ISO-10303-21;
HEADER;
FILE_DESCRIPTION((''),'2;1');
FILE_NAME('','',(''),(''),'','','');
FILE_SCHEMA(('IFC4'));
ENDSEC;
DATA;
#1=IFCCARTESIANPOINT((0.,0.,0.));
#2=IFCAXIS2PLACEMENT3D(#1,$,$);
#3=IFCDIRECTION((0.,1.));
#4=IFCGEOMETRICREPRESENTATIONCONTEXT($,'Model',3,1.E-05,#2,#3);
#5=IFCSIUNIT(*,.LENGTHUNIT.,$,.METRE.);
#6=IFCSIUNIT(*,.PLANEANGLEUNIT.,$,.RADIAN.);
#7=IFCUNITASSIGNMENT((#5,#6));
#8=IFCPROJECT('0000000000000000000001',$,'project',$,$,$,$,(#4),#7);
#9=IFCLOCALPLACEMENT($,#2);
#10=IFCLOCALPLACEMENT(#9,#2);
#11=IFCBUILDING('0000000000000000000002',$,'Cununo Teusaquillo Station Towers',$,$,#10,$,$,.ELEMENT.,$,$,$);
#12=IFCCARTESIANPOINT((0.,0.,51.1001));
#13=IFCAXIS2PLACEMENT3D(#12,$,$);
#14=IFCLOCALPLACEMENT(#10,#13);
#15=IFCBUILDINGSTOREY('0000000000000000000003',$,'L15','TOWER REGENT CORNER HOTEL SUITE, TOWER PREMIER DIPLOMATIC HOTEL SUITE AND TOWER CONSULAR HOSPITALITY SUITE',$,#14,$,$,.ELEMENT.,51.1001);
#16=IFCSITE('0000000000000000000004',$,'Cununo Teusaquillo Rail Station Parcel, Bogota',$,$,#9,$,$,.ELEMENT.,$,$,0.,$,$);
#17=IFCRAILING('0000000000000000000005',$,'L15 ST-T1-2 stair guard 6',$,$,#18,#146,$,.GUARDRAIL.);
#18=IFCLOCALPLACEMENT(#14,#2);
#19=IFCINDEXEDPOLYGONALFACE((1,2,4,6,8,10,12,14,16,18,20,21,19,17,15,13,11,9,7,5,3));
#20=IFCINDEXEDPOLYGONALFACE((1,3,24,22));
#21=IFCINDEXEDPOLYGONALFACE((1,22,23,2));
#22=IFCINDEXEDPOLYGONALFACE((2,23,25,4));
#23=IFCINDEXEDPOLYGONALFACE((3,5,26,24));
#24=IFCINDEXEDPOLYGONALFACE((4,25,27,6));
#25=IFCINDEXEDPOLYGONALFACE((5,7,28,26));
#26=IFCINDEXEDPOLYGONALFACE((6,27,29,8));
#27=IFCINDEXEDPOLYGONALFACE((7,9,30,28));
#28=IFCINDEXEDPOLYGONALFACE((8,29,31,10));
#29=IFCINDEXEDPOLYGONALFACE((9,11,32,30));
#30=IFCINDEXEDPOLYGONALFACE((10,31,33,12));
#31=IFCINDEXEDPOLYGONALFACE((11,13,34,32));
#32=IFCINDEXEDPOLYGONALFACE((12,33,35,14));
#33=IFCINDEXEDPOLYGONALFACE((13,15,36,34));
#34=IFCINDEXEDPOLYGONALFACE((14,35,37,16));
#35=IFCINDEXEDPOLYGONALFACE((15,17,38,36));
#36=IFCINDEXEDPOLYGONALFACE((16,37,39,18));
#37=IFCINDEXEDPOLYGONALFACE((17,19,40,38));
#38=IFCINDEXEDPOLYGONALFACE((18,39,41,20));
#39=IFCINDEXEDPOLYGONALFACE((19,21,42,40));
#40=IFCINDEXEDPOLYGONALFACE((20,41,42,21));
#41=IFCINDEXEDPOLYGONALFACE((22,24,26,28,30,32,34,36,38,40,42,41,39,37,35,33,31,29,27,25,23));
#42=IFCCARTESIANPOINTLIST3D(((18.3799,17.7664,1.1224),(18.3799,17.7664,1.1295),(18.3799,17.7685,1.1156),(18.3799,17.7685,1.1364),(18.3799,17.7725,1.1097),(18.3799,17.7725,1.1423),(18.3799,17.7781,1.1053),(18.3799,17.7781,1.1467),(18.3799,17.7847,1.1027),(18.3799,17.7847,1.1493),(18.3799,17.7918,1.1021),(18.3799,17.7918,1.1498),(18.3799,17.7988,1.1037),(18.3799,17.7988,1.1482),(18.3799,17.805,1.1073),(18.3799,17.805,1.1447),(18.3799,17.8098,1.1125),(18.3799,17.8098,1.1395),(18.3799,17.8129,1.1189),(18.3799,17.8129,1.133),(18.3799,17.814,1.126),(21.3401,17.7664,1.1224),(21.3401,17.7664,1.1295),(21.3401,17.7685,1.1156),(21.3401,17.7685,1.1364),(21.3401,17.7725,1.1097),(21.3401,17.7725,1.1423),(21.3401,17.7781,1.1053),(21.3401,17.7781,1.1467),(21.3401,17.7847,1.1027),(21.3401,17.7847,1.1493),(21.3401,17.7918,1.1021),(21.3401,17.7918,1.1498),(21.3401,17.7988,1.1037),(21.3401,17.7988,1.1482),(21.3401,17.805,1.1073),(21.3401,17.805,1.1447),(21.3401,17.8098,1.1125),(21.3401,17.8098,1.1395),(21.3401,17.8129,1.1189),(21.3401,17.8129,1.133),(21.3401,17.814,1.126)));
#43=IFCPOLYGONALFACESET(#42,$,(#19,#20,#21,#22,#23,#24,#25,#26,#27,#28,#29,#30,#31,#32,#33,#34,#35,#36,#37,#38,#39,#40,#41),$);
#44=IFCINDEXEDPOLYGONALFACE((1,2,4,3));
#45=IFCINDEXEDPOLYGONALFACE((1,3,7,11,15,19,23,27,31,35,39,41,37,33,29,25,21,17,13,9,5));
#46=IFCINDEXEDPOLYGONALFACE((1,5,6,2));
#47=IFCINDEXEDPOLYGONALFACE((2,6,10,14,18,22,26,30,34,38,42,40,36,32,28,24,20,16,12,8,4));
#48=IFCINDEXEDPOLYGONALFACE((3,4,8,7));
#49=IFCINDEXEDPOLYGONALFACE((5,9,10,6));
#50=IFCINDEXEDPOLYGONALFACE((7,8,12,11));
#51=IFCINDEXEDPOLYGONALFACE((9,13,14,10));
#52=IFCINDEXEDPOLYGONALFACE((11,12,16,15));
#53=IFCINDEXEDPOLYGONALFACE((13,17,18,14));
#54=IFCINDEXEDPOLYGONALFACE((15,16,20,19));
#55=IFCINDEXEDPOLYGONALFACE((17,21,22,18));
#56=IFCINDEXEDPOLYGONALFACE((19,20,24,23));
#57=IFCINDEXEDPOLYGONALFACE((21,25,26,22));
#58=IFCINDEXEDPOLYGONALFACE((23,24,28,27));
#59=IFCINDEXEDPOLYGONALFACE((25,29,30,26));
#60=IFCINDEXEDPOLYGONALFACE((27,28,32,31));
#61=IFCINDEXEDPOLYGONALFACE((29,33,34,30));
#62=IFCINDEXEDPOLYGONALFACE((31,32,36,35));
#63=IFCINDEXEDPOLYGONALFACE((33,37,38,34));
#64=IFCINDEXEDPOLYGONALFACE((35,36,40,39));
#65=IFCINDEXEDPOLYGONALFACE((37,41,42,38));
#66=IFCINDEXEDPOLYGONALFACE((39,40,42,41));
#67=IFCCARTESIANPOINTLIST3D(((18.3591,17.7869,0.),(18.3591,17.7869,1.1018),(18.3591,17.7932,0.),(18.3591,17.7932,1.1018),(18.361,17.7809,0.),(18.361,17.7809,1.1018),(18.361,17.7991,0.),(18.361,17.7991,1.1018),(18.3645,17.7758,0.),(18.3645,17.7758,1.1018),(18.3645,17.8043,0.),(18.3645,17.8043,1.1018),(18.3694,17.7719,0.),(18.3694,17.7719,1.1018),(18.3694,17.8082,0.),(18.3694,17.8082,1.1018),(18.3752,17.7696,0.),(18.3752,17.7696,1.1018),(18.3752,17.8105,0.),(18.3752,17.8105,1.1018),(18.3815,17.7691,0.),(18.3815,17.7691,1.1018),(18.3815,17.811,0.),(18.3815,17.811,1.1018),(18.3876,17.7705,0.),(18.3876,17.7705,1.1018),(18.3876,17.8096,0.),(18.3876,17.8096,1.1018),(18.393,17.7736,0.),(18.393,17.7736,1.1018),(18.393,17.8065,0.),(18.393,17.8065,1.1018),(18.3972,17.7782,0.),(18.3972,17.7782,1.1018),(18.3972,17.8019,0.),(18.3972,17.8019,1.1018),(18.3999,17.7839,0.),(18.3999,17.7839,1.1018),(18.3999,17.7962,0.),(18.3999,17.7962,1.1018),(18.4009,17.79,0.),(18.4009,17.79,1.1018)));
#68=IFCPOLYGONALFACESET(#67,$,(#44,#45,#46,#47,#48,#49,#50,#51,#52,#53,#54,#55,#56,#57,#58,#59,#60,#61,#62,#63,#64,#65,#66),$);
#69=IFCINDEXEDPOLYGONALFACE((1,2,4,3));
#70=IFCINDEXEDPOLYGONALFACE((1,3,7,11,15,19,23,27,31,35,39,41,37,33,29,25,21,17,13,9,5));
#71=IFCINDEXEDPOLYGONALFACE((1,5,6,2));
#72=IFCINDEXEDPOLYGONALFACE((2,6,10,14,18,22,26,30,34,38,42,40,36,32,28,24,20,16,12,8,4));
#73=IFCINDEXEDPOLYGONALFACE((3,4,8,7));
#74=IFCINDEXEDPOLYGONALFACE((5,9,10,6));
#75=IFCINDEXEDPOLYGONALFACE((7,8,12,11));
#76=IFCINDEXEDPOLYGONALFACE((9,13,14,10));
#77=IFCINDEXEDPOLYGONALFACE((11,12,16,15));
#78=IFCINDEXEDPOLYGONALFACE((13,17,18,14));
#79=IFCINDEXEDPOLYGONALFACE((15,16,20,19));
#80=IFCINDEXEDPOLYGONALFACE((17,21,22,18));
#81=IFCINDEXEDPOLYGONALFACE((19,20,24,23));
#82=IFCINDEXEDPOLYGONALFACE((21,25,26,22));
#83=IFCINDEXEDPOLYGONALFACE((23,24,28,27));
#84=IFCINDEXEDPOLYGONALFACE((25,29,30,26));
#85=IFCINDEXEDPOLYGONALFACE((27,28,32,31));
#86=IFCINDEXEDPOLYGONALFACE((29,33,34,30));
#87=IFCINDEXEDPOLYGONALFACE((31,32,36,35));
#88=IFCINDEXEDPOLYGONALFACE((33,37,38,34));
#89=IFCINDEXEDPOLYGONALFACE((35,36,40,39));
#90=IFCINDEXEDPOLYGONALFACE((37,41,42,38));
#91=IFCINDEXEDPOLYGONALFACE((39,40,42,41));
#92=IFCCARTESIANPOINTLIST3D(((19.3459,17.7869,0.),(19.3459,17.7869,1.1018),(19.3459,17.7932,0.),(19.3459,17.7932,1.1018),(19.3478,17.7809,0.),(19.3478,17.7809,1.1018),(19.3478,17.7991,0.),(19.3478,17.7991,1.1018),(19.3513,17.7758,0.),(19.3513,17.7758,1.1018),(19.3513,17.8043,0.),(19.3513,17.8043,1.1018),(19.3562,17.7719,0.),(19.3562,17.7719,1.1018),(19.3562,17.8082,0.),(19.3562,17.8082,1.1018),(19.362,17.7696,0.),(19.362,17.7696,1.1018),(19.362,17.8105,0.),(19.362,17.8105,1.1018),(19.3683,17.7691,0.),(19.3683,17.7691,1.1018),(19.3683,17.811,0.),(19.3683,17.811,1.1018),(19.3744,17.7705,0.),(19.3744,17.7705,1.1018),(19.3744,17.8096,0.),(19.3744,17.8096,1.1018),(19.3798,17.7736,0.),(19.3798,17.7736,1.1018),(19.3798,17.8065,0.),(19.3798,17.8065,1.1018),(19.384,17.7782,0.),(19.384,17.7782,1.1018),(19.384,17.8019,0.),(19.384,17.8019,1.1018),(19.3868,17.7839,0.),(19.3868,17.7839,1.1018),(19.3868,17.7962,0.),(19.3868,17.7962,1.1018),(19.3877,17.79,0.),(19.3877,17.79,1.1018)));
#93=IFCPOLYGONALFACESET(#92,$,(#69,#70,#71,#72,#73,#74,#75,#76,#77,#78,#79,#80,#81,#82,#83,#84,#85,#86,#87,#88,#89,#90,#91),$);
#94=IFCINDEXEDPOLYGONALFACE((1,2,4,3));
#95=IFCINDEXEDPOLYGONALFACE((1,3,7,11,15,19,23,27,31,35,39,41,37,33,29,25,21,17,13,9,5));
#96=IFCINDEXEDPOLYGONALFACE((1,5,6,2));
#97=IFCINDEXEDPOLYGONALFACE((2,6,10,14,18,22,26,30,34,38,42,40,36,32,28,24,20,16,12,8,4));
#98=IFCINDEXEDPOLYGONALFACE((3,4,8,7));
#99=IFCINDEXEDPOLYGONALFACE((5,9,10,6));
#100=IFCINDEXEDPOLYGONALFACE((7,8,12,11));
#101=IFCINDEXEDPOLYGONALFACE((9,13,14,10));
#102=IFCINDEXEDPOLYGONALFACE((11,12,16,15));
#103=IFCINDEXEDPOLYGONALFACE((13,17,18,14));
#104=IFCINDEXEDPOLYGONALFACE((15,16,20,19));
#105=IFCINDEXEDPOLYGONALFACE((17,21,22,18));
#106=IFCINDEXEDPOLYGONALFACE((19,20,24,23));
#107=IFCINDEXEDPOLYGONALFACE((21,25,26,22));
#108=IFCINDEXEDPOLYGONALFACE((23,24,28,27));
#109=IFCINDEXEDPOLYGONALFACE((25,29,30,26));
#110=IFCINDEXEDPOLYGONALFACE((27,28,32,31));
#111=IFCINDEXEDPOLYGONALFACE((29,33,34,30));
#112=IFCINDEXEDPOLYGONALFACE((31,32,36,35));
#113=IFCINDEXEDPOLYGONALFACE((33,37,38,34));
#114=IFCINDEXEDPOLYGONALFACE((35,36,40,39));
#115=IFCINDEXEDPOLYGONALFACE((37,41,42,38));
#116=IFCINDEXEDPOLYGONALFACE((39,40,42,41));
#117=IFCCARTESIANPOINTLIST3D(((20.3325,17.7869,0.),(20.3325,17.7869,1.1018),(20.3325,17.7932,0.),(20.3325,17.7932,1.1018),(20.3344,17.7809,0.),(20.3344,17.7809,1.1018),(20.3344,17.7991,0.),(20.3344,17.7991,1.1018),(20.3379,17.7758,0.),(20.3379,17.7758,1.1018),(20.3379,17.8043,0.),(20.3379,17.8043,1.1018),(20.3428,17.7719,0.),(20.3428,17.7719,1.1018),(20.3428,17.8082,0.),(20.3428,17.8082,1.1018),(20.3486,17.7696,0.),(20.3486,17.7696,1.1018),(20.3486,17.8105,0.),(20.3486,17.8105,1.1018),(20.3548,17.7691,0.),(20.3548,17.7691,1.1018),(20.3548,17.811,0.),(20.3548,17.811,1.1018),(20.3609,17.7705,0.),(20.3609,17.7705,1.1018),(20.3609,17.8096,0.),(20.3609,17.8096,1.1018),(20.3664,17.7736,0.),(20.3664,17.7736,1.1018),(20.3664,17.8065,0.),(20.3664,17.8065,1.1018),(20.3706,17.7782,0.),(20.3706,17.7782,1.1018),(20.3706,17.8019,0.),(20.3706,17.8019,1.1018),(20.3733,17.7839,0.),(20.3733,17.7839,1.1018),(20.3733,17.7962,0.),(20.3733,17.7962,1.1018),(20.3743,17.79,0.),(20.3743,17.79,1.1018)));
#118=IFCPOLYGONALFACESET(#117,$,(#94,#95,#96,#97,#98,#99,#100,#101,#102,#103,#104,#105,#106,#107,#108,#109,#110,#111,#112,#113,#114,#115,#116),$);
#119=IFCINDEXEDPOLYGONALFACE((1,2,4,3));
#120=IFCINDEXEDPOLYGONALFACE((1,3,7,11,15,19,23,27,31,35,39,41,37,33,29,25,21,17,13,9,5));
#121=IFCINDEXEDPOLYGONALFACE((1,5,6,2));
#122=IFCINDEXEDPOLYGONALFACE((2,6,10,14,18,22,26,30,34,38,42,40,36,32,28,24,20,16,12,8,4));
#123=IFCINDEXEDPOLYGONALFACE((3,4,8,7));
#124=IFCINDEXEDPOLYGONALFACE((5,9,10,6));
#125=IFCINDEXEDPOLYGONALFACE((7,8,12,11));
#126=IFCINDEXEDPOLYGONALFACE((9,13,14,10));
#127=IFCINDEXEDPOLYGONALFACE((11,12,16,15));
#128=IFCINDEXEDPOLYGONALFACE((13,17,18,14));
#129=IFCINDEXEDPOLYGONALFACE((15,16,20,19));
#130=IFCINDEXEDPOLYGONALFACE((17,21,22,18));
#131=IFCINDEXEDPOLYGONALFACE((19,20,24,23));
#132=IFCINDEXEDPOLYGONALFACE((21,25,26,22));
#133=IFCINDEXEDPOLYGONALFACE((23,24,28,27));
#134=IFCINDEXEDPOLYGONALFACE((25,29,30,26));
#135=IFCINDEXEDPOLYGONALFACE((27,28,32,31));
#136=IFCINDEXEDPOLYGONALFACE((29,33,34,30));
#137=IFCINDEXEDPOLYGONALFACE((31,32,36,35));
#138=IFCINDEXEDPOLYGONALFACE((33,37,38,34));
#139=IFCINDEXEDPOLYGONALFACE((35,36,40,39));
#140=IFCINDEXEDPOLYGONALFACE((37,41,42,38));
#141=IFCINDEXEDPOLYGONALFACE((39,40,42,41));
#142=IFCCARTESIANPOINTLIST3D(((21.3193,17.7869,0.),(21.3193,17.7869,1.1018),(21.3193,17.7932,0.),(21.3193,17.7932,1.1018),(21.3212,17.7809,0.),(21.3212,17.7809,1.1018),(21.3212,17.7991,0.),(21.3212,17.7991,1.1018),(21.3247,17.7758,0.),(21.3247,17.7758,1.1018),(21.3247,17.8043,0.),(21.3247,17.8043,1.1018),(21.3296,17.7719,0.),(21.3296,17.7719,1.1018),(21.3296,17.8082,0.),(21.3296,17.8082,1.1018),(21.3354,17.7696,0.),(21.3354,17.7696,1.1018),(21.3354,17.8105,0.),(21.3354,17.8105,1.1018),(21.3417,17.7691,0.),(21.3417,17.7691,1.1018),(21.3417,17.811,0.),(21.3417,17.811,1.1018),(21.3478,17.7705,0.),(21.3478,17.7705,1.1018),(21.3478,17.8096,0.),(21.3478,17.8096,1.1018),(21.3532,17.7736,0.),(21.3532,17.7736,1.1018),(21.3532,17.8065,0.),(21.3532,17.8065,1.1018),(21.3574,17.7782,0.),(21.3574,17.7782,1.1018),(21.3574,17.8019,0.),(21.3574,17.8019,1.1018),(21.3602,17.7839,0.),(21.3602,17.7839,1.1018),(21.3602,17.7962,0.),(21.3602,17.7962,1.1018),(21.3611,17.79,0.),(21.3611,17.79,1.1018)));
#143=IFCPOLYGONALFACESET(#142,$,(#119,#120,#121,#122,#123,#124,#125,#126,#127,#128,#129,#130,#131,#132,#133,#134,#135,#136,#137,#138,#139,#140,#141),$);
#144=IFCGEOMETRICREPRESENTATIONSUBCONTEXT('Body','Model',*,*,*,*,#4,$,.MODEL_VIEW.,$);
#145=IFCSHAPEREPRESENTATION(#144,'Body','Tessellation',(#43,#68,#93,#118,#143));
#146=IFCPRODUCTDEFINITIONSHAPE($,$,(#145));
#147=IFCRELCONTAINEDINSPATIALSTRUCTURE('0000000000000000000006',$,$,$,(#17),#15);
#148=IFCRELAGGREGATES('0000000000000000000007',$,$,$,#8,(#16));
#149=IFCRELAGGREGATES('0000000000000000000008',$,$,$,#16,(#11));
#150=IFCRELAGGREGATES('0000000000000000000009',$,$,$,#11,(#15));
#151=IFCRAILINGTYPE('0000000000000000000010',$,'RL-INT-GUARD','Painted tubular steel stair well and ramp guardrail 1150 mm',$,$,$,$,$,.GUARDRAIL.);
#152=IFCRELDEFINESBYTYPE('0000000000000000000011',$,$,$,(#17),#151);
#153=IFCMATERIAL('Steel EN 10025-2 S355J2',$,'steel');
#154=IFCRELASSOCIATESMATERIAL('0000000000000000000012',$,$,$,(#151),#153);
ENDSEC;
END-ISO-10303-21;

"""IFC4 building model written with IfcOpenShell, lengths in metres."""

from ifc_helpers import new_model, si_unit, direction, frame, origin, origin_2d, place, context, subcontext, project, spatial, circle, extrude, material, type_object, element, save


model = new_model("IFC4")

# Units and contexts
model_context = context("Model", 3, precision=1e-05, world=origin(), true_north=direction((0.0, 1.0)))
body_context = subcontext(model_context, "Body", "Model", "MODEL_VIEW")
ifc_project = project(units=[si_unit("LENGTHUNIT", "METRE"), si_unit("PLANEANGLEUNIT", "RADIAN")], contexts=[model_context])

# Site, building, storey
site_placement = place(None, origin())
site = spatial("IfcSite", under=ifc_project, at=site_placement, Name="Cununo Teusaquillo Rail Station Parcel, Bogota", CompositionType="ELEMENT", RefElevation=0.0)
building_placement = place(site_placement, origin())
building = spatial("IfcBuilding", under=site, at=building_placement, Name="Cununo Teusaquillo Station Towers", CompositionType="ELEMENT")
storey_placement = place(building_placement, frame((0.0, 0.0, 51.1001)))
storey = spatial("IfcBuildingStorey", under=building, at=storey_placement, Name="L15", Description="TOWER REGENT CORNER HOTEL SUITE, TOWER PREMIER DIPLOMATIC HOTEL SUITE AND TOWER CONSULAR HOSPITALITY SUITE", CompositionType="ELEMENT", Elevation=51.1001)

# Railing
ifc_material_1 = material(Name="Steel EN 10025-2 S355J2", Category="steel")
railing_type_1 = type_object("IfcRailingType", Name="RL-INT-GUARD", Description="Painted tubular steel stair well and ramp guardrail 1150 mm", PredefinedType="GUARDRAIL", material=ifc_material_1)
railing_1_placement = place(storey_placement, frame((18.3799, 17.79, 0.0)))
element("IfcRailing", 1, at=railing_1_placement, inside=storey, type_object=railing_type_1, Name="L15 ST-T1-2 stair guard 6", PredefinedType="GUARDRAIL", context=body_context, shape_type="SweptSolid", body=[
    extrude(circle(Radius=0.0239, at=origin_2d()), frame((0.0, 0.0, 1.126), z_axis=(1.0, 0.0, 0.0), x_axis=(0.0, 1.0, 0.0)), (0.0, 0.0, 1.0), 2.9602),
    extrude(circle(Radius=0.021, at=origin_2d()), origin(), (0.0, 0.0, 1.0), 1.1018),
    extrude(circle(Radius=0.021, at=origin_2d()), frame((0.9868, 0.0, 0.0)), (0.0, 0.0, 1.0), 1.1018),
    extrude(circle(Radius=0.021, at=origin_2d()), frame((1.9734, 0.0, 0.0)), (0.0, 0.0, 1.0), 1.1018),
    extrude(circle(Radius=0.021, at=origin_2d()), frame((2.9602, 0.0, 0.0)), (0.0, 0.0, 1.0), 1.1018),
])

save(model, "model.ifc")
